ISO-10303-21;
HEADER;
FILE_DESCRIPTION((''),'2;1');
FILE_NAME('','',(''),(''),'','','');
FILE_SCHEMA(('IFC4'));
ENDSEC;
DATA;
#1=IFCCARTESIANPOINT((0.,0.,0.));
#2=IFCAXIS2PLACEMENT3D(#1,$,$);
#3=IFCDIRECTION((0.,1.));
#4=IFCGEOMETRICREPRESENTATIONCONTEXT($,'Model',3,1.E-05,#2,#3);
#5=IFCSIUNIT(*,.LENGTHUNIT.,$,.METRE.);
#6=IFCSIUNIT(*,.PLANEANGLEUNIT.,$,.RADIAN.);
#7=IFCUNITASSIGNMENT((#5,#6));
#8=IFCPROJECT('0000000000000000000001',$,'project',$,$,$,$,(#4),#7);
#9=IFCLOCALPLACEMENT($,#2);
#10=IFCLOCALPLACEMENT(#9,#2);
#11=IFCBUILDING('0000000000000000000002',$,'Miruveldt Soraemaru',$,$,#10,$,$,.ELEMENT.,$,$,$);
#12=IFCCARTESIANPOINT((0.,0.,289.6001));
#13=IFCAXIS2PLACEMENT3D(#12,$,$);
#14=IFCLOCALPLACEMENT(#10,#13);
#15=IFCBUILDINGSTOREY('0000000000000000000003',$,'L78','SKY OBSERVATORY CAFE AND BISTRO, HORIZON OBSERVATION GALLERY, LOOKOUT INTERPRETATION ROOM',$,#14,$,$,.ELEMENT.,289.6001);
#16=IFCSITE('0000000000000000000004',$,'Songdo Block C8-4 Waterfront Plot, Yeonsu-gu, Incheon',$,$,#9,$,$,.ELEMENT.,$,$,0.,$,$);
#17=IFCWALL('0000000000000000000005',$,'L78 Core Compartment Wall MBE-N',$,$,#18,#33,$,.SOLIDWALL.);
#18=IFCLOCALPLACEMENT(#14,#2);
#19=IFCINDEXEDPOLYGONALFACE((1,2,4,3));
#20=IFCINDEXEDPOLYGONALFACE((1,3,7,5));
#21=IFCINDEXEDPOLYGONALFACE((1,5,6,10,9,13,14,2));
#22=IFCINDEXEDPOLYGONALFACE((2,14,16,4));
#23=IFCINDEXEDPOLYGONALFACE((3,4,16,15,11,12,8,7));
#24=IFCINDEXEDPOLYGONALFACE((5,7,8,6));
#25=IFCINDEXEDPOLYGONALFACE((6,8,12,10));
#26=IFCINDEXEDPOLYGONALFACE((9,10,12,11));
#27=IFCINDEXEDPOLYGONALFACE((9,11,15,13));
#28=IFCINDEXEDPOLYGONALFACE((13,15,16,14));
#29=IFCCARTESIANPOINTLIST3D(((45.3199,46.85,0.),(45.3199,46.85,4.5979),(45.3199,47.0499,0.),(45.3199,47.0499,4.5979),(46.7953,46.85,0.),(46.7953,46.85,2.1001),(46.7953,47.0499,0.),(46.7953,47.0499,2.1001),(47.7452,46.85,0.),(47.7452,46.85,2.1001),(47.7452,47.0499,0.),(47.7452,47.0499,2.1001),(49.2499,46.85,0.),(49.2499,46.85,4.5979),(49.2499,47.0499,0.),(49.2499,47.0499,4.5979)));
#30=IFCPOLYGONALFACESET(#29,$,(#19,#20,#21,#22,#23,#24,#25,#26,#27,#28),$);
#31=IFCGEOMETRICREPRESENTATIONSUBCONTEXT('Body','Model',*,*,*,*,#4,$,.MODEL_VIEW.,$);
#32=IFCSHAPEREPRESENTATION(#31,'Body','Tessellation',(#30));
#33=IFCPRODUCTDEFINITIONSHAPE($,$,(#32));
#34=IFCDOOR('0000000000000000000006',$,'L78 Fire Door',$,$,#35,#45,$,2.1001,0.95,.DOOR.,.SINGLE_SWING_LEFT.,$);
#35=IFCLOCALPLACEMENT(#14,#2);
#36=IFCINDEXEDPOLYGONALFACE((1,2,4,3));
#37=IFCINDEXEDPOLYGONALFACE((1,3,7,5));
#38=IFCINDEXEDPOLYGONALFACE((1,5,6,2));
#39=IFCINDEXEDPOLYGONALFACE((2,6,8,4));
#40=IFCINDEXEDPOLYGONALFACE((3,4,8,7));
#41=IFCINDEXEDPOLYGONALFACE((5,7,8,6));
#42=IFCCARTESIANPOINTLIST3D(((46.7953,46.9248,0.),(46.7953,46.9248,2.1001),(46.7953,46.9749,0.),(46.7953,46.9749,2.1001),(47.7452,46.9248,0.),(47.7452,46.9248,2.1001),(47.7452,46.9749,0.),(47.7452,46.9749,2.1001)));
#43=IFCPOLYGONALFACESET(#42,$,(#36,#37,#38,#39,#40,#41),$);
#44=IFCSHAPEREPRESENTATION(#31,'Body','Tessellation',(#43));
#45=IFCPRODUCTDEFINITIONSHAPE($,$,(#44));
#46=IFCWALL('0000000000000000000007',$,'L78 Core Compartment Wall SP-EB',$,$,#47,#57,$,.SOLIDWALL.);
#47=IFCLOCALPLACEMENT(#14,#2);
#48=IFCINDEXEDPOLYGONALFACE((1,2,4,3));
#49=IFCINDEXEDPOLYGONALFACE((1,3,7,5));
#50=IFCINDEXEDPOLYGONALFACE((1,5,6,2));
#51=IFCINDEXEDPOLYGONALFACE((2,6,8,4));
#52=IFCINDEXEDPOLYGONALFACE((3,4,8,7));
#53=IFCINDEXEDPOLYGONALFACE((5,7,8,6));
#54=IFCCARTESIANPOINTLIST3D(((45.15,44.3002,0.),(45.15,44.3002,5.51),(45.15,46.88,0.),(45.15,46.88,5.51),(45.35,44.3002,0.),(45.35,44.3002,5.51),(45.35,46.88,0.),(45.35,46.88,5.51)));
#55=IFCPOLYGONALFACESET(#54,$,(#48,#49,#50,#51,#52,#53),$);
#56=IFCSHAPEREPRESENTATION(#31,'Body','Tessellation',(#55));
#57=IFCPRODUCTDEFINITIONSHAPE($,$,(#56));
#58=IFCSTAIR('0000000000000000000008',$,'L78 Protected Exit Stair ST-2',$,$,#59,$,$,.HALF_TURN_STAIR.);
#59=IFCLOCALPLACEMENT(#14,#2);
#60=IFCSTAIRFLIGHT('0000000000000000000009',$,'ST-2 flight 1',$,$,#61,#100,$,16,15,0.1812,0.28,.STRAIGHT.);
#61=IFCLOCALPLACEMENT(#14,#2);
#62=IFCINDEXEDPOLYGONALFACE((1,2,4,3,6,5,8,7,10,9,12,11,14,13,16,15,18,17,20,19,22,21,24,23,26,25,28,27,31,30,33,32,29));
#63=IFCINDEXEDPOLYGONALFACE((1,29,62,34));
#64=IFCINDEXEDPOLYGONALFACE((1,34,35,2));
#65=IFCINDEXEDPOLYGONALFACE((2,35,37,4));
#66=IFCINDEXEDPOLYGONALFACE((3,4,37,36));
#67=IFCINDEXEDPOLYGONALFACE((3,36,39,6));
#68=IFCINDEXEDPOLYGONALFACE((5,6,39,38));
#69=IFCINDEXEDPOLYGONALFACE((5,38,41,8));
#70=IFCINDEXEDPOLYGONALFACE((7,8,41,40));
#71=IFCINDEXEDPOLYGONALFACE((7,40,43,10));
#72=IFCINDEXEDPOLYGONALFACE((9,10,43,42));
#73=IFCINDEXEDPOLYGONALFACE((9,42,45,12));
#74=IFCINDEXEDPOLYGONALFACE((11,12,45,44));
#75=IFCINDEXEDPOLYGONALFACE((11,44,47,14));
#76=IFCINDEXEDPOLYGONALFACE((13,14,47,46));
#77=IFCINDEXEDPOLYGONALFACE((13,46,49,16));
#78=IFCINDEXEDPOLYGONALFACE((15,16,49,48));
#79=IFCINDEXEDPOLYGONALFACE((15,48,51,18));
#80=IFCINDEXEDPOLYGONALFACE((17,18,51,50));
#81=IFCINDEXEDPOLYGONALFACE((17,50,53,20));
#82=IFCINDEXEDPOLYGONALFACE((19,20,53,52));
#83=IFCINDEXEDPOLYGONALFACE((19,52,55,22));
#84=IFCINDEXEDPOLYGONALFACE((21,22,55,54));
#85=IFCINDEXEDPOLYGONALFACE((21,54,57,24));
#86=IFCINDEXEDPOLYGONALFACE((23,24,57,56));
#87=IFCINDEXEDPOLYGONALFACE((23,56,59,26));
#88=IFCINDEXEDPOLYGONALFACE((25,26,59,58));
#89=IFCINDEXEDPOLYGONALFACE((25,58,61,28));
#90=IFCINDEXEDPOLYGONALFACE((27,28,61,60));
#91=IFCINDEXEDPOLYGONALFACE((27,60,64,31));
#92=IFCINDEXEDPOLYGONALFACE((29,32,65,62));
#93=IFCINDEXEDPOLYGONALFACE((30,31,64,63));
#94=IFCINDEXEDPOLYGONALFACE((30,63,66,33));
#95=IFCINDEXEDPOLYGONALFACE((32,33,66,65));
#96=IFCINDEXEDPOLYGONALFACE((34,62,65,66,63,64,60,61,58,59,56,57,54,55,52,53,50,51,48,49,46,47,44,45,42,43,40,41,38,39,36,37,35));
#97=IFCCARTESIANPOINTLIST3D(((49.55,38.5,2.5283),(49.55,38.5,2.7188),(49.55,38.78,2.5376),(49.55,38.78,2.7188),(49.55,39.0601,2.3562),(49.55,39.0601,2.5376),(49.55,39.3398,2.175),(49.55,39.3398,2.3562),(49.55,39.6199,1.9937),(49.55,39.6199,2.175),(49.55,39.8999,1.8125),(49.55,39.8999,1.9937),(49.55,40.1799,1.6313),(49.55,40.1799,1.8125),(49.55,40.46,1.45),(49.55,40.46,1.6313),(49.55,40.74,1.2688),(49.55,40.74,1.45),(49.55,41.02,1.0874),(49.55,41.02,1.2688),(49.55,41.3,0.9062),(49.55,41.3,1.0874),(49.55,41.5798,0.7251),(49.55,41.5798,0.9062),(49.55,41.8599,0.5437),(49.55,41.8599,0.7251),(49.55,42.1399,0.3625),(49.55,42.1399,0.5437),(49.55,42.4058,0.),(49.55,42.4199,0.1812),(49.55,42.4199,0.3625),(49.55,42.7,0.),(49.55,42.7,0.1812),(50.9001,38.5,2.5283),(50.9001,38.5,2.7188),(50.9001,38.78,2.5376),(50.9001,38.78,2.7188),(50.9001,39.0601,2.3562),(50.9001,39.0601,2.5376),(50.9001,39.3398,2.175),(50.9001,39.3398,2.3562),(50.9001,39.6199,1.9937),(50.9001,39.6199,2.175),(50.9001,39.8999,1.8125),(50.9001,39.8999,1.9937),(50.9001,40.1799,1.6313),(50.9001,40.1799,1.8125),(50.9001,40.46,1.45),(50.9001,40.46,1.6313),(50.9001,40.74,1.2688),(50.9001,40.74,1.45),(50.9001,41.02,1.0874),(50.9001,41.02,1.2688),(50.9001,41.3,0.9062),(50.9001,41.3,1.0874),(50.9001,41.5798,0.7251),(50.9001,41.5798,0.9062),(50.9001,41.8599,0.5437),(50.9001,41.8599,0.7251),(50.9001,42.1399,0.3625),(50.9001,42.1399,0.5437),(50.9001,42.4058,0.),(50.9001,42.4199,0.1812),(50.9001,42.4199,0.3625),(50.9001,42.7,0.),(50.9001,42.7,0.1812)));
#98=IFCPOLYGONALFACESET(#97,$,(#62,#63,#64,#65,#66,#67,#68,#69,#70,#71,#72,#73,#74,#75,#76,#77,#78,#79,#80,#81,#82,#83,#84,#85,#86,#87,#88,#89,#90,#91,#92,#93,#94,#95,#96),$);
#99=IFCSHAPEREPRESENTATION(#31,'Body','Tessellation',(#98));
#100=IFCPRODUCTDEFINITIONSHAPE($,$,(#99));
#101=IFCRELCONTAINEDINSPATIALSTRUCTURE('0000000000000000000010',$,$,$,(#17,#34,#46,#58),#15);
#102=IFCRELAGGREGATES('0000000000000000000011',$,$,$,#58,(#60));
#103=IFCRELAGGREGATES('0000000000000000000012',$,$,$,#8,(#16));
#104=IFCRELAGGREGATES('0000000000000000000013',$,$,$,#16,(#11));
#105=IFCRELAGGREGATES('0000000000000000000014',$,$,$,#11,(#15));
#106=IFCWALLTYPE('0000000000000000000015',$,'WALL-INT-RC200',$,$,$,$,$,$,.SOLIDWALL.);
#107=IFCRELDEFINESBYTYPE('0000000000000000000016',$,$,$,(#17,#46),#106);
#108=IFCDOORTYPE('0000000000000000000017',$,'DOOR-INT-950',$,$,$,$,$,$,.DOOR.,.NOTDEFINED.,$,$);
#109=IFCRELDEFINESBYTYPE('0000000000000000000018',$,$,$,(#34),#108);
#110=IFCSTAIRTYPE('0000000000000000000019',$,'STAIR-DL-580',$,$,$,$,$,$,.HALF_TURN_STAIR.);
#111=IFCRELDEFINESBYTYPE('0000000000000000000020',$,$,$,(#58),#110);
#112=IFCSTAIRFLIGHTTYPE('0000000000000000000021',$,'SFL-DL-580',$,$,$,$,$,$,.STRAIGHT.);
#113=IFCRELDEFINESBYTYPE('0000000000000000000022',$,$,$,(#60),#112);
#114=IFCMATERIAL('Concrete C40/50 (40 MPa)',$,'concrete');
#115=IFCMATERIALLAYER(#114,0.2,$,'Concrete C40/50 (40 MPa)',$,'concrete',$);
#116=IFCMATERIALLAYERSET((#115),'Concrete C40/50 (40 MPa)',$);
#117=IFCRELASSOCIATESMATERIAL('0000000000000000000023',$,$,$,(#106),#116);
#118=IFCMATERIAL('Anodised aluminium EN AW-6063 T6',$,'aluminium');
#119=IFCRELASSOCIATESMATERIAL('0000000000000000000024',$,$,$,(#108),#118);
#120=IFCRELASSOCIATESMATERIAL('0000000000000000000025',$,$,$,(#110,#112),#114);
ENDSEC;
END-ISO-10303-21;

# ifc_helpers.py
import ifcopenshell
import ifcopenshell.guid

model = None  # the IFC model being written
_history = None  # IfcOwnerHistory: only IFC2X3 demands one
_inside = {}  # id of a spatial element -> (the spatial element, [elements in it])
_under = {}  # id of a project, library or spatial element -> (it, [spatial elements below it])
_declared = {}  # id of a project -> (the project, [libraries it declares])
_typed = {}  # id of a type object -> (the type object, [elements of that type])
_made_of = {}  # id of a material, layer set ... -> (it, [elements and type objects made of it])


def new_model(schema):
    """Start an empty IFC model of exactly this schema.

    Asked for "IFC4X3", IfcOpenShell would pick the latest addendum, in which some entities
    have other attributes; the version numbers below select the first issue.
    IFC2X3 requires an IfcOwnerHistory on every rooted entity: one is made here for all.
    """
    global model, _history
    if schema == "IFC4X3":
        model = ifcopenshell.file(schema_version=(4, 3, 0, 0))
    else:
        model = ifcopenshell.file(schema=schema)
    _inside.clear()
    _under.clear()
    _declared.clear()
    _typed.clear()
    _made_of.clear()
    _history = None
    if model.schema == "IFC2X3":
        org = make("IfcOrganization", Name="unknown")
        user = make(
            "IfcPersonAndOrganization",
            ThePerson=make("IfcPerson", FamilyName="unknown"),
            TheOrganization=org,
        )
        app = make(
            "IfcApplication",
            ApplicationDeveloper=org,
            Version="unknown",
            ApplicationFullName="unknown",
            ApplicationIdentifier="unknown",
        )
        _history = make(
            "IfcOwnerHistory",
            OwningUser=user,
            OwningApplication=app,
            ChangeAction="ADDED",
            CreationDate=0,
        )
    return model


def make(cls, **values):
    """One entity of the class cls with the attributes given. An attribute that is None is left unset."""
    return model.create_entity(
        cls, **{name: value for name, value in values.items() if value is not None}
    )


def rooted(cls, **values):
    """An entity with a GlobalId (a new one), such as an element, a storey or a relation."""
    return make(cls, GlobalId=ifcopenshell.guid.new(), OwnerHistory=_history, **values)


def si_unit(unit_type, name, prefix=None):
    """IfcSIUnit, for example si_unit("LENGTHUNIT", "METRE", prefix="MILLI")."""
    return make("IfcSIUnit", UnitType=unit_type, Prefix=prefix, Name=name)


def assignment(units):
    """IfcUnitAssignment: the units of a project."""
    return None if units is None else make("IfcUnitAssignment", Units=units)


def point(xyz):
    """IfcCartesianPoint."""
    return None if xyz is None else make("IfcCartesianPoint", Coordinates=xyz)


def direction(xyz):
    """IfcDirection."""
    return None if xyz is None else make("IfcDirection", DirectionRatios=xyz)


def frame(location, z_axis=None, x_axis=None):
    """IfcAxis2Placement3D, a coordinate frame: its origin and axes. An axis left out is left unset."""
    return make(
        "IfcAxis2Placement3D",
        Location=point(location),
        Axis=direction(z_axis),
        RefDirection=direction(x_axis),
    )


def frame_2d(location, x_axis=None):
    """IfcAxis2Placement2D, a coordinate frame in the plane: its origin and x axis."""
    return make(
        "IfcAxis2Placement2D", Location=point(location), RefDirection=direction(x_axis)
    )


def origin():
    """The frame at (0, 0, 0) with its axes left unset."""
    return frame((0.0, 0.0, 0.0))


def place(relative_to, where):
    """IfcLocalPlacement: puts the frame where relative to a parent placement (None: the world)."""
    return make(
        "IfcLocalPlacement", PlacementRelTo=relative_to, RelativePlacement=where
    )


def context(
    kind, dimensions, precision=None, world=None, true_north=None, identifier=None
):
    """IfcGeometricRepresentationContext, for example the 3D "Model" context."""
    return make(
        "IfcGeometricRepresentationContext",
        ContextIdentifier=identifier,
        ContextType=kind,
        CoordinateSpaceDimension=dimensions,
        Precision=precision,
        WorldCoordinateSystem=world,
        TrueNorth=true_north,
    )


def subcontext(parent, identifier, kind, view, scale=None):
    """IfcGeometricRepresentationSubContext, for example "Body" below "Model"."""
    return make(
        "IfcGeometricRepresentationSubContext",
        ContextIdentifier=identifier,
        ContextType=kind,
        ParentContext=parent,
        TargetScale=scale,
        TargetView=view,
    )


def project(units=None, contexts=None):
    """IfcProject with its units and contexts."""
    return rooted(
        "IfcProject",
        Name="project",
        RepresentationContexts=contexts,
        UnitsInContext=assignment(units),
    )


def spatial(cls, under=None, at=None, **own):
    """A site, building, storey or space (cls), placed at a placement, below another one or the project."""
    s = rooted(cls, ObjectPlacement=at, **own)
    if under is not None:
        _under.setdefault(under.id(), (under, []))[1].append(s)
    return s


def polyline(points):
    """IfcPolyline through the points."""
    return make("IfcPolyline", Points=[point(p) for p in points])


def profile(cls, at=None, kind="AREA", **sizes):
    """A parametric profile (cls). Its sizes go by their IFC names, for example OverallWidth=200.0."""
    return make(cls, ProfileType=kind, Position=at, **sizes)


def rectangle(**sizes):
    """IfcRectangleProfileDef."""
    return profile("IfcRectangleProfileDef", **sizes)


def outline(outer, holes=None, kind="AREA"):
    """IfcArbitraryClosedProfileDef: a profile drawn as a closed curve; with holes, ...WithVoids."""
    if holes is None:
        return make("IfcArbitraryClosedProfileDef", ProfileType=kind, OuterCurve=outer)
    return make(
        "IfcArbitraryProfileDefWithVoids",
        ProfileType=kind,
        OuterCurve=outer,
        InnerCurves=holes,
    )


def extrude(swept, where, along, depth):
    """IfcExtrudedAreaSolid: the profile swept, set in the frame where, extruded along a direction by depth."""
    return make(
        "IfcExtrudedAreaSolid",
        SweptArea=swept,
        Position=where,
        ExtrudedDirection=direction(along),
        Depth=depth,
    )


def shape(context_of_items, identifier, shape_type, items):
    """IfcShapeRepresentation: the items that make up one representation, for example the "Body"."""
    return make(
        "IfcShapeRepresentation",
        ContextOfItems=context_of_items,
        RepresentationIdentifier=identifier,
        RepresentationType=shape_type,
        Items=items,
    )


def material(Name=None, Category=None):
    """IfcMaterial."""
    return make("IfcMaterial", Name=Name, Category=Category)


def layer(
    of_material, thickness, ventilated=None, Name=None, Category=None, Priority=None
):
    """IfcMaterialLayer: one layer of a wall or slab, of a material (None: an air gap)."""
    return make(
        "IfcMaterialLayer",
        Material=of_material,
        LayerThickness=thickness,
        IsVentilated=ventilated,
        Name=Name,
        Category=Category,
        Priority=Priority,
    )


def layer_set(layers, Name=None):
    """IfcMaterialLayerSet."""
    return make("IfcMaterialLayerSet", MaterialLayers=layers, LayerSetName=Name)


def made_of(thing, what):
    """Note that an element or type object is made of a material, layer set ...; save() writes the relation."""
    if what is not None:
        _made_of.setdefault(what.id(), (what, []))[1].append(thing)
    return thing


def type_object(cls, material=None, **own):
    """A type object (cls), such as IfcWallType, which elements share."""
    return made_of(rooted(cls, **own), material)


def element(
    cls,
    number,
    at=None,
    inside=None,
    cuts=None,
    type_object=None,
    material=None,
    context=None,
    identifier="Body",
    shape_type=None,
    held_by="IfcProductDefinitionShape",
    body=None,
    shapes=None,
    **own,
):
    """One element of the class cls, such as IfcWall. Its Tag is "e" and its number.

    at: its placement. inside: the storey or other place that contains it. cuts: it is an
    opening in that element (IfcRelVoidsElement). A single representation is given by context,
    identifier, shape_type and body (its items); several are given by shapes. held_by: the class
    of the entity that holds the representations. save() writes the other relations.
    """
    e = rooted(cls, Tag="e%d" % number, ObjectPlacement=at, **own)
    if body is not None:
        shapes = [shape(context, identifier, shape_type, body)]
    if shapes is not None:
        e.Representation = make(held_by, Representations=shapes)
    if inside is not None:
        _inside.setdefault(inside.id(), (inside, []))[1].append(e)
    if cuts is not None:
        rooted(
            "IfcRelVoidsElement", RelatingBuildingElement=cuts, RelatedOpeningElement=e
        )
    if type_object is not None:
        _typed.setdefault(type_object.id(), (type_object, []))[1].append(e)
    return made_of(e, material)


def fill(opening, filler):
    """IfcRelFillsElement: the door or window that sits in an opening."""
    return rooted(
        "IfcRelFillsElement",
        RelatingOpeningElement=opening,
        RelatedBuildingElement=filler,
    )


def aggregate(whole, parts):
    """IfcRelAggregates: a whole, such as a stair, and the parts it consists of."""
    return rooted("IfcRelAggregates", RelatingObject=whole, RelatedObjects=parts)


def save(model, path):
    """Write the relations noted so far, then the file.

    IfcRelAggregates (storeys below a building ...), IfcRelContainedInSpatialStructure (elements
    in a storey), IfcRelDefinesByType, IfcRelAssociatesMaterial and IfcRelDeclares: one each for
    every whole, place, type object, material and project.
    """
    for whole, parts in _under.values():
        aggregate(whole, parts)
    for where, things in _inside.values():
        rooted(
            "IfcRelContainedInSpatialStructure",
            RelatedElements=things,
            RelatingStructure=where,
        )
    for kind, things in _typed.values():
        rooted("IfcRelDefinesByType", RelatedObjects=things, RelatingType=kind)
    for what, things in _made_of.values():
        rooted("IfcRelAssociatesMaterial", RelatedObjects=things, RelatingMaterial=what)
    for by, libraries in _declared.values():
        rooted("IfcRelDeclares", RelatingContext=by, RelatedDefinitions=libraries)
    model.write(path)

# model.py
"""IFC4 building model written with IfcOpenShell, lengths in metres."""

from ifc_helpers import new_model, si_unit, direction, frame, frame_2d, origin, place, context, subcontext, project, spatial, polyline, rectangle, outline, extrude, material, layer, layer_set, type_object, element, fill, aggregate, save


model = new_model("IFC4")

# Units and contexts
model_context = context("Model", 3, precision=1e-05, world=origin(), true_north=direction((0.0, 1.0)))
body_context = subcontext(model_context, "Body", "Model", "MODEL_VIEW")
ifc_project = project(units=[si_unit("LENGTHUNIT", "METRE"), si_unit("PLANEANGLEUNIT", "RADIAN")], contexts=[model_context])

# Site, building, storey
site_placement = place(None, origin())
site = spatial("IfcSite", under=ifc_project, at=site_placement, Name="Songdo Block C8-4 Waterfront Plot, Yeonsu-gu, Incheon", CompositionType="ELEMENT", RefElevation=0.0)
building_placement = place(site_placement, origin())
building = spatial("IfcBuilding", under=site, at=building_placement, Name="Miruveldt Soraemaru", CompositionType="ELEMENT")
storey_placement = place(building_placement, frame((0.0, 0.0, 289.6001)))
storey = spatial("IfcBuildingStorey", under=building, at=storey_placement, Name="L78", Description="SKY OBSERVATORY CAFE AND BISTRO, HORIZON OBSERVATION GALLERY, LOOKOUT INTERPRETATION ROOM", CompositionType="ELEMENT", Elevation=289.6001)

# Shared definitions
ifc_material_1 = material(Name="Anodised aluminium EN AW-6063 T6", Category="aluminium")

# Shared definitions
ifc_material_2 = material(Name="Concrete C40/50 (40 MPa)", Category="concrete")

# Wall, opening, door
ifc_layer_1 = layer(ifc_material_2, 0.2, Name="Concrete C40/50 (40 MPa)", Category="concrete")
ifc_layer_set_1 = layer_set([ifc_layer_1], Name="Concrete C40/50 (40 MPa)")
wall_type_1 = type_object("IfcWallType", Name="WALL-INT-RC200", PredefinedType="SOLIDWALL", material=ifc_layer_set_1)
wall_1_placement = place(storey_placement, frame((45.3201, 46.95, 0.0), z_axis=(0.0, 0.0, 1.0), x_axis=(1.0, 0.0, 0.0)))
wall_1 = element("IfcWall", 1, at=wall_1_placement, inside=storey, type_object=wall_type_1, Name="L78 Core Compartment Wall MBE-N", PredefinedType="SOLIDWALL", context=body_context, shape_type="SweptSolid", body=[
    extrude(rectangle(XDim=3.9299, YDim=0.2, at=frame_2d((1.9648, 0.0))), origin(), (0.0, 0.0, 1.0), 4.5979),
])
opening_1_placement = place(wall_1_placement, frame((1.4751, 0.0, 0.0)))
opening_1 = element("IfcOpeningElement", 2, at=opening_1_placement, cuts=wall_1, PredefinedType="OPENING", context=body_context, shape_type="SweptSolid", body=[
    extrude(rectangle(XDim=0.95, YDim=2.1001, at=frame_2d((0.4751, 1.05))), frame((0.0, 0.1099, 0.0), z_axis=(0.0, -1.0, 0.0), x_axis=(1.0, 0.0, 0.0)), (0.0, 0.0, 1.0), 0.22),
])
door_type_1 = type_object("IfcDoorType", Name="DOOR-INT-950", OperationType="NOTDEFINED", PredefinedType="DOOR", material=ifc_material_1)
door_1_placement = place(opening_1_placement, origin())
door_1 = element("IfcDoor", 3, at=door_1_placement, inside=storey, type_object=door_type_1, Name="L78 Fire Door", OperationType="SINGLE_SWING_LEFT", OverallHeight=2.1001, OverallWidth=0.95, PredefinedType="DOOR", context=body_context, shape_type="SweptSolid", body=[
    extrude(rectangle(XDim=0.95, YDim=2.1001, at=frame_2d((0.4751, 1.05))), frame((0.0, 0.0249, 0.0), z_axis=(0.0, -1.0, 0.0), x_axis=(1.0, 0.0, 0.0)), (0.0, 0.0, 1.0), 0.05),
])
fill(opening_1, door_1)

# Wall
wall_2_placement = place(storey_placement, frame((45.25, 44.3, 0.0), z_axis=(0.0, 0.0, 1.0), x_axis=(0.0, 1.0, 0.0)))
element("IfcWall", 4, at=wall_2_placement, inside=storey, type_object=wall_type_1, Name="L78 Core Compartment Wall SP-EB", PredefinedType="SOLIDWALL", context=body_context, shape_type="SweptSolid", body=[
    extrude(rectangle(XDim=2.5798, YDim=0.2, at=frame_2d((1.29, 0.0))), origin(), (0.0, 0.0, 1.0), 5.51),
])

# Stair, stair flight
stair_type = type_object("IfcStairType", Name="STAIR-DL-580", PredefinedType="HALF_TURN_STAIR", material=ifc_material_2)
stair_placement = place(storey_placement, origin())
stair = element("IfcStair", 5, at=stair_placement, inside=storey, type_object=stair_type, Name="L78 Protected Exit Stair ST-2", PredefinedType="HALF_TURN_STAIR")
stair_flight_type = type_object("IfcStairFlightType", Name="SFL-DL-580", PredefinedType="STRAIGHT", material=ifc_material_2)
stair_flight_placement = place(storey_placement, frame((50.2251, 42.7, 0.0), z_axis=(0.0, 0.0, 1.0), x_axis=(0.0, -1.0, 0.0)))
stair_flight = element("IfcStairFlight", 6, at=stair_flight_placement, type_object=stair_flight_type, Name="ST-2 flight 1", NumberOfRisers=16, NumberOfTreads=15, PredefinedType="STRAIGHT", RiserHeight=0.1812, TreadLength=0.28, context=body_context, shape_type="SweptSolid", body=[
    extrude(outline(polyline([(0.0, 0.0), (0.0, 0.1812), (0.28, 0.1812), (0.28, 0.3625), (0.5601, 0.3625), (0.5601, 0.5437), (0.8401, 0.5437), (0.8401, 0.7251), (1.1201, 0.7251), (1.1201, 0.9062), (1.3999, 0.9062), (1.3999, 1.0874), (1.6799, 1.0874), (1.6799, 1.2688), (1.96, 1.2688), (1.96, 1.45), (2.24, 1.45), (2.24, 1.6313), (2.52, 1.6313), (2.52, 1.8125), (2.8, 1.8125), (2.8, 1.9937), (3.0801, 1.9937), (3.0801, 2.175), (3.3601, 2.175), (3.3601, 2.3562), (3.6399, 2.3562), (3.6399, 2.5376), (3.9199, 2.5376), (3.9199, 2.7188), (4.2, 2.7188), (4.2, 2.8999), (4.2, 2.5283), (0.2942, 0.0), (0.0, 0.0)])), frame((0.0, 0.675, 0.0), z_axis=(0.0, -1.0, 0.0), x_axis=(1.0, 0.0, 0.0)), (0.0, 0.0, 1.0), 1.3501),
])
aggregate(stair, [stair_flight])

save(model, "model.ifc")
